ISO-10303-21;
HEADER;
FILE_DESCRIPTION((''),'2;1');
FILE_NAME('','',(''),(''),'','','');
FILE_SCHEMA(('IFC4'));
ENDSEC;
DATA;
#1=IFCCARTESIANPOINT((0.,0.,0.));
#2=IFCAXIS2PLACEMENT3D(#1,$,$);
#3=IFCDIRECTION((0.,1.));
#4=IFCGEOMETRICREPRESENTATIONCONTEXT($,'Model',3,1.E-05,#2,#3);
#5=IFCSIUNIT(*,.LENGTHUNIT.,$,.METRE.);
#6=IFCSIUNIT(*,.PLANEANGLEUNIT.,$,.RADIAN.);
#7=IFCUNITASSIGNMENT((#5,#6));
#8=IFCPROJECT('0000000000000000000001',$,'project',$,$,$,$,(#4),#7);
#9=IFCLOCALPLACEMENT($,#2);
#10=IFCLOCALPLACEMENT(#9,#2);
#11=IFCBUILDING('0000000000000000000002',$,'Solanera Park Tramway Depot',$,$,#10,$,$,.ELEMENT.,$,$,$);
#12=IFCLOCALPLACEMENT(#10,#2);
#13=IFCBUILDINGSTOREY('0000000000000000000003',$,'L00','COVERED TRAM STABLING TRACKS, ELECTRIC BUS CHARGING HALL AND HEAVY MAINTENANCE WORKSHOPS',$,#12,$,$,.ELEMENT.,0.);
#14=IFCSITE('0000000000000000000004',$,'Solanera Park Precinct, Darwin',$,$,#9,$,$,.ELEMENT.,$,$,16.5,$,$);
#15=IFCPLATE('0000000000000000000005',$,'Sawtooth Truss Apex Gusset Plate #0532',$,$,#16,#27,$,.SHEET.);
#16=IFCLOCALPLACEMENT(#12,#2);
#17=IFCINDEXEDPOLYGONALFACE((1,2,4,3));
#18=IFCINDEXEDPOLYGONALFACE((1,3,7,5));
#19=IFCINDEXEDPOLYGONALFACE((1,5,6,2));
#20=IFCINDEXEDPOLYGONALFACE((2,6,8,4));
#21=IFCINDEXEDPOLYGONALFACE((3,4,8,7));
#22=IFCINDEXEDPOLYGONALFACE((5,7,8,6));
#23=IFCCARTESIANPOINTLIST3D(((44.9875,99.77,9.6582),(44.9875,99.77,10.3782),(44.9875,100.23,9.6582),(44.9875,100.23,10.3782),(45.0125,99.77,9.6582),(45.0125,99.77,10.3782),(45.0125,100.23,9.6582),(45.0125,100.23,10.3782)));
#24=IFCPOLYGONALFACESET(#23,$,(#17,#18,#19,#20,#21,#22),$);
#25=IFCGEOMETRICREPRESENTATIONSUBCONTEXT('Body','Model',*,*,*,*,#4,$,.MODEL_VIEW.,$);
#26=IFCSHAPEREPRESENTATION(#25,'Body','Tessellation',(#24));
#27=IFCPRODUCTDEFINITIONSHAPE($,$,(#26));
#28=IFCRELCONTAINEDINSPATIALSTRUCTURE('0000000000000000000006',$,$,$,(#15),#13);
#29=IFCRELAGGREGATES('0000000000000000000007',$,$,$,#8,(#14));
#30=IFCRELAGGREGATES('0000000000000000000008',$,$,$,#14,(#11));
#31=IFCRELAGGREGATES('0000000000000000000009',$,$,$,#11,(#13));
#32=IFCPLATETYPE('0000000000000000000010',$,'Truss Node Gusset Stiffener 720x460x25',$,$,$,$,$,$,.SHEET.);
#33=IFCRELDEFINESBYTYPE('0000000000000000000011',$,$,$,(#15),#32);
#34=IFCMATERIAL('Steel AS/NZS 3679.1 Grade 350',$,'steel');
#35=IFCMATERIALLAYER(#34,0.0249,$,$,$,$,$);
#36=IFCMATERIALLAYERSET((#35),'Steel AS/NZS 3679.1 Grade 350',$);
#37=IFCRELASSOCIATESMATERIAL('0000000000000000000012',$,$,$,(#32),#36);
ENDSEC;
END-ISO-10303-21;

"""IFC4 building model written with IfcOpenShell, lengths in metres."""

from ifc_helpers import new_model, si_unit, direction, frame, origin, origin_2d, place, context, subcontext, project, spatial, rectangle, extrude, material, layer, layer_set, type_object, element, save


model = new_model("IFC4")

# Units and contexts
model_context = context("Model", 3, precision=1e-05, world=origin(), true_north=direction((0.0, 1.0)))
body_context = subcontext(model_context, "Body", "Model", "MODEL_VIEW")
ifc_project = project(units=[si_unit("LENGTHUNIT", "METRE"), si_unit("PLANEANGLEUNIT", "RADIAN")], contexts=[model_context])

# Site, building, storey
site_placement = place(None, origin())
site = spatial("IfcSite", under=ifc_project, at=site_placement, Name="Solanera Park Precinct, Darwin", CompositionType="ELEMENT", RefElevation=16.5)
building_placement = place(site_placement, origin())
building = spatial("IfcBuilding", under=site, at=building_placement, Name="Solanera Park Tramway Depot", CompositionType="ELEMENT")
storey_placement = place(building_placement, origin())
storey = spatial("IfcBuildingStorey", under=building, at=storey_placement, Name="L00", Description="COVERED TRAM STABLING TRACKS, ELECTRIC BUS CHARGING HALL AND HEAVY MAINTENANCE WORKSHOPS", CompositionType="ELEMENT", Elevation=0.0)

# Plate
ifc_material_1 = material(Name="Steel AS/NZS 3679.1 Grade 350", Category="steel")
ifc_layer_1 = layer(ifc_material_1, 0.0249)
ifc_layer_set_1 = layer_set([ifc_layer_1], Name="Steel AS/NZS 3679.1 Grade 350")
plate_type_1 = type_object("IfcPlateType", Name="Truss Node Gusset Stiffener 720x460x25", PredefinedType="SHEET", material=ifc_layer_set_1)
plate_1_placement = place(storey_placement, frame((45.0, 100.0, 9.6582), z_axis=(0.0, 0.0, 1.0), x_axis=(1.0, 0.0, 0.0)))
element("IfcPlate", 1, at=plate_1_placement, inside=storey, type_object=plate_type_1, Name="Sawtooth Truss Apex Gusset Plate #0532", PredefinedType="SHEET", context=body_context, shape_type="SweptSolid", body=[
    extrude(rectangle(XDim=0.0249, YDim=0.46, at=origin_2d()), origin(), (0.0, 0.0, 1.0), 0.72),
])

save(model, "model.ifc")
